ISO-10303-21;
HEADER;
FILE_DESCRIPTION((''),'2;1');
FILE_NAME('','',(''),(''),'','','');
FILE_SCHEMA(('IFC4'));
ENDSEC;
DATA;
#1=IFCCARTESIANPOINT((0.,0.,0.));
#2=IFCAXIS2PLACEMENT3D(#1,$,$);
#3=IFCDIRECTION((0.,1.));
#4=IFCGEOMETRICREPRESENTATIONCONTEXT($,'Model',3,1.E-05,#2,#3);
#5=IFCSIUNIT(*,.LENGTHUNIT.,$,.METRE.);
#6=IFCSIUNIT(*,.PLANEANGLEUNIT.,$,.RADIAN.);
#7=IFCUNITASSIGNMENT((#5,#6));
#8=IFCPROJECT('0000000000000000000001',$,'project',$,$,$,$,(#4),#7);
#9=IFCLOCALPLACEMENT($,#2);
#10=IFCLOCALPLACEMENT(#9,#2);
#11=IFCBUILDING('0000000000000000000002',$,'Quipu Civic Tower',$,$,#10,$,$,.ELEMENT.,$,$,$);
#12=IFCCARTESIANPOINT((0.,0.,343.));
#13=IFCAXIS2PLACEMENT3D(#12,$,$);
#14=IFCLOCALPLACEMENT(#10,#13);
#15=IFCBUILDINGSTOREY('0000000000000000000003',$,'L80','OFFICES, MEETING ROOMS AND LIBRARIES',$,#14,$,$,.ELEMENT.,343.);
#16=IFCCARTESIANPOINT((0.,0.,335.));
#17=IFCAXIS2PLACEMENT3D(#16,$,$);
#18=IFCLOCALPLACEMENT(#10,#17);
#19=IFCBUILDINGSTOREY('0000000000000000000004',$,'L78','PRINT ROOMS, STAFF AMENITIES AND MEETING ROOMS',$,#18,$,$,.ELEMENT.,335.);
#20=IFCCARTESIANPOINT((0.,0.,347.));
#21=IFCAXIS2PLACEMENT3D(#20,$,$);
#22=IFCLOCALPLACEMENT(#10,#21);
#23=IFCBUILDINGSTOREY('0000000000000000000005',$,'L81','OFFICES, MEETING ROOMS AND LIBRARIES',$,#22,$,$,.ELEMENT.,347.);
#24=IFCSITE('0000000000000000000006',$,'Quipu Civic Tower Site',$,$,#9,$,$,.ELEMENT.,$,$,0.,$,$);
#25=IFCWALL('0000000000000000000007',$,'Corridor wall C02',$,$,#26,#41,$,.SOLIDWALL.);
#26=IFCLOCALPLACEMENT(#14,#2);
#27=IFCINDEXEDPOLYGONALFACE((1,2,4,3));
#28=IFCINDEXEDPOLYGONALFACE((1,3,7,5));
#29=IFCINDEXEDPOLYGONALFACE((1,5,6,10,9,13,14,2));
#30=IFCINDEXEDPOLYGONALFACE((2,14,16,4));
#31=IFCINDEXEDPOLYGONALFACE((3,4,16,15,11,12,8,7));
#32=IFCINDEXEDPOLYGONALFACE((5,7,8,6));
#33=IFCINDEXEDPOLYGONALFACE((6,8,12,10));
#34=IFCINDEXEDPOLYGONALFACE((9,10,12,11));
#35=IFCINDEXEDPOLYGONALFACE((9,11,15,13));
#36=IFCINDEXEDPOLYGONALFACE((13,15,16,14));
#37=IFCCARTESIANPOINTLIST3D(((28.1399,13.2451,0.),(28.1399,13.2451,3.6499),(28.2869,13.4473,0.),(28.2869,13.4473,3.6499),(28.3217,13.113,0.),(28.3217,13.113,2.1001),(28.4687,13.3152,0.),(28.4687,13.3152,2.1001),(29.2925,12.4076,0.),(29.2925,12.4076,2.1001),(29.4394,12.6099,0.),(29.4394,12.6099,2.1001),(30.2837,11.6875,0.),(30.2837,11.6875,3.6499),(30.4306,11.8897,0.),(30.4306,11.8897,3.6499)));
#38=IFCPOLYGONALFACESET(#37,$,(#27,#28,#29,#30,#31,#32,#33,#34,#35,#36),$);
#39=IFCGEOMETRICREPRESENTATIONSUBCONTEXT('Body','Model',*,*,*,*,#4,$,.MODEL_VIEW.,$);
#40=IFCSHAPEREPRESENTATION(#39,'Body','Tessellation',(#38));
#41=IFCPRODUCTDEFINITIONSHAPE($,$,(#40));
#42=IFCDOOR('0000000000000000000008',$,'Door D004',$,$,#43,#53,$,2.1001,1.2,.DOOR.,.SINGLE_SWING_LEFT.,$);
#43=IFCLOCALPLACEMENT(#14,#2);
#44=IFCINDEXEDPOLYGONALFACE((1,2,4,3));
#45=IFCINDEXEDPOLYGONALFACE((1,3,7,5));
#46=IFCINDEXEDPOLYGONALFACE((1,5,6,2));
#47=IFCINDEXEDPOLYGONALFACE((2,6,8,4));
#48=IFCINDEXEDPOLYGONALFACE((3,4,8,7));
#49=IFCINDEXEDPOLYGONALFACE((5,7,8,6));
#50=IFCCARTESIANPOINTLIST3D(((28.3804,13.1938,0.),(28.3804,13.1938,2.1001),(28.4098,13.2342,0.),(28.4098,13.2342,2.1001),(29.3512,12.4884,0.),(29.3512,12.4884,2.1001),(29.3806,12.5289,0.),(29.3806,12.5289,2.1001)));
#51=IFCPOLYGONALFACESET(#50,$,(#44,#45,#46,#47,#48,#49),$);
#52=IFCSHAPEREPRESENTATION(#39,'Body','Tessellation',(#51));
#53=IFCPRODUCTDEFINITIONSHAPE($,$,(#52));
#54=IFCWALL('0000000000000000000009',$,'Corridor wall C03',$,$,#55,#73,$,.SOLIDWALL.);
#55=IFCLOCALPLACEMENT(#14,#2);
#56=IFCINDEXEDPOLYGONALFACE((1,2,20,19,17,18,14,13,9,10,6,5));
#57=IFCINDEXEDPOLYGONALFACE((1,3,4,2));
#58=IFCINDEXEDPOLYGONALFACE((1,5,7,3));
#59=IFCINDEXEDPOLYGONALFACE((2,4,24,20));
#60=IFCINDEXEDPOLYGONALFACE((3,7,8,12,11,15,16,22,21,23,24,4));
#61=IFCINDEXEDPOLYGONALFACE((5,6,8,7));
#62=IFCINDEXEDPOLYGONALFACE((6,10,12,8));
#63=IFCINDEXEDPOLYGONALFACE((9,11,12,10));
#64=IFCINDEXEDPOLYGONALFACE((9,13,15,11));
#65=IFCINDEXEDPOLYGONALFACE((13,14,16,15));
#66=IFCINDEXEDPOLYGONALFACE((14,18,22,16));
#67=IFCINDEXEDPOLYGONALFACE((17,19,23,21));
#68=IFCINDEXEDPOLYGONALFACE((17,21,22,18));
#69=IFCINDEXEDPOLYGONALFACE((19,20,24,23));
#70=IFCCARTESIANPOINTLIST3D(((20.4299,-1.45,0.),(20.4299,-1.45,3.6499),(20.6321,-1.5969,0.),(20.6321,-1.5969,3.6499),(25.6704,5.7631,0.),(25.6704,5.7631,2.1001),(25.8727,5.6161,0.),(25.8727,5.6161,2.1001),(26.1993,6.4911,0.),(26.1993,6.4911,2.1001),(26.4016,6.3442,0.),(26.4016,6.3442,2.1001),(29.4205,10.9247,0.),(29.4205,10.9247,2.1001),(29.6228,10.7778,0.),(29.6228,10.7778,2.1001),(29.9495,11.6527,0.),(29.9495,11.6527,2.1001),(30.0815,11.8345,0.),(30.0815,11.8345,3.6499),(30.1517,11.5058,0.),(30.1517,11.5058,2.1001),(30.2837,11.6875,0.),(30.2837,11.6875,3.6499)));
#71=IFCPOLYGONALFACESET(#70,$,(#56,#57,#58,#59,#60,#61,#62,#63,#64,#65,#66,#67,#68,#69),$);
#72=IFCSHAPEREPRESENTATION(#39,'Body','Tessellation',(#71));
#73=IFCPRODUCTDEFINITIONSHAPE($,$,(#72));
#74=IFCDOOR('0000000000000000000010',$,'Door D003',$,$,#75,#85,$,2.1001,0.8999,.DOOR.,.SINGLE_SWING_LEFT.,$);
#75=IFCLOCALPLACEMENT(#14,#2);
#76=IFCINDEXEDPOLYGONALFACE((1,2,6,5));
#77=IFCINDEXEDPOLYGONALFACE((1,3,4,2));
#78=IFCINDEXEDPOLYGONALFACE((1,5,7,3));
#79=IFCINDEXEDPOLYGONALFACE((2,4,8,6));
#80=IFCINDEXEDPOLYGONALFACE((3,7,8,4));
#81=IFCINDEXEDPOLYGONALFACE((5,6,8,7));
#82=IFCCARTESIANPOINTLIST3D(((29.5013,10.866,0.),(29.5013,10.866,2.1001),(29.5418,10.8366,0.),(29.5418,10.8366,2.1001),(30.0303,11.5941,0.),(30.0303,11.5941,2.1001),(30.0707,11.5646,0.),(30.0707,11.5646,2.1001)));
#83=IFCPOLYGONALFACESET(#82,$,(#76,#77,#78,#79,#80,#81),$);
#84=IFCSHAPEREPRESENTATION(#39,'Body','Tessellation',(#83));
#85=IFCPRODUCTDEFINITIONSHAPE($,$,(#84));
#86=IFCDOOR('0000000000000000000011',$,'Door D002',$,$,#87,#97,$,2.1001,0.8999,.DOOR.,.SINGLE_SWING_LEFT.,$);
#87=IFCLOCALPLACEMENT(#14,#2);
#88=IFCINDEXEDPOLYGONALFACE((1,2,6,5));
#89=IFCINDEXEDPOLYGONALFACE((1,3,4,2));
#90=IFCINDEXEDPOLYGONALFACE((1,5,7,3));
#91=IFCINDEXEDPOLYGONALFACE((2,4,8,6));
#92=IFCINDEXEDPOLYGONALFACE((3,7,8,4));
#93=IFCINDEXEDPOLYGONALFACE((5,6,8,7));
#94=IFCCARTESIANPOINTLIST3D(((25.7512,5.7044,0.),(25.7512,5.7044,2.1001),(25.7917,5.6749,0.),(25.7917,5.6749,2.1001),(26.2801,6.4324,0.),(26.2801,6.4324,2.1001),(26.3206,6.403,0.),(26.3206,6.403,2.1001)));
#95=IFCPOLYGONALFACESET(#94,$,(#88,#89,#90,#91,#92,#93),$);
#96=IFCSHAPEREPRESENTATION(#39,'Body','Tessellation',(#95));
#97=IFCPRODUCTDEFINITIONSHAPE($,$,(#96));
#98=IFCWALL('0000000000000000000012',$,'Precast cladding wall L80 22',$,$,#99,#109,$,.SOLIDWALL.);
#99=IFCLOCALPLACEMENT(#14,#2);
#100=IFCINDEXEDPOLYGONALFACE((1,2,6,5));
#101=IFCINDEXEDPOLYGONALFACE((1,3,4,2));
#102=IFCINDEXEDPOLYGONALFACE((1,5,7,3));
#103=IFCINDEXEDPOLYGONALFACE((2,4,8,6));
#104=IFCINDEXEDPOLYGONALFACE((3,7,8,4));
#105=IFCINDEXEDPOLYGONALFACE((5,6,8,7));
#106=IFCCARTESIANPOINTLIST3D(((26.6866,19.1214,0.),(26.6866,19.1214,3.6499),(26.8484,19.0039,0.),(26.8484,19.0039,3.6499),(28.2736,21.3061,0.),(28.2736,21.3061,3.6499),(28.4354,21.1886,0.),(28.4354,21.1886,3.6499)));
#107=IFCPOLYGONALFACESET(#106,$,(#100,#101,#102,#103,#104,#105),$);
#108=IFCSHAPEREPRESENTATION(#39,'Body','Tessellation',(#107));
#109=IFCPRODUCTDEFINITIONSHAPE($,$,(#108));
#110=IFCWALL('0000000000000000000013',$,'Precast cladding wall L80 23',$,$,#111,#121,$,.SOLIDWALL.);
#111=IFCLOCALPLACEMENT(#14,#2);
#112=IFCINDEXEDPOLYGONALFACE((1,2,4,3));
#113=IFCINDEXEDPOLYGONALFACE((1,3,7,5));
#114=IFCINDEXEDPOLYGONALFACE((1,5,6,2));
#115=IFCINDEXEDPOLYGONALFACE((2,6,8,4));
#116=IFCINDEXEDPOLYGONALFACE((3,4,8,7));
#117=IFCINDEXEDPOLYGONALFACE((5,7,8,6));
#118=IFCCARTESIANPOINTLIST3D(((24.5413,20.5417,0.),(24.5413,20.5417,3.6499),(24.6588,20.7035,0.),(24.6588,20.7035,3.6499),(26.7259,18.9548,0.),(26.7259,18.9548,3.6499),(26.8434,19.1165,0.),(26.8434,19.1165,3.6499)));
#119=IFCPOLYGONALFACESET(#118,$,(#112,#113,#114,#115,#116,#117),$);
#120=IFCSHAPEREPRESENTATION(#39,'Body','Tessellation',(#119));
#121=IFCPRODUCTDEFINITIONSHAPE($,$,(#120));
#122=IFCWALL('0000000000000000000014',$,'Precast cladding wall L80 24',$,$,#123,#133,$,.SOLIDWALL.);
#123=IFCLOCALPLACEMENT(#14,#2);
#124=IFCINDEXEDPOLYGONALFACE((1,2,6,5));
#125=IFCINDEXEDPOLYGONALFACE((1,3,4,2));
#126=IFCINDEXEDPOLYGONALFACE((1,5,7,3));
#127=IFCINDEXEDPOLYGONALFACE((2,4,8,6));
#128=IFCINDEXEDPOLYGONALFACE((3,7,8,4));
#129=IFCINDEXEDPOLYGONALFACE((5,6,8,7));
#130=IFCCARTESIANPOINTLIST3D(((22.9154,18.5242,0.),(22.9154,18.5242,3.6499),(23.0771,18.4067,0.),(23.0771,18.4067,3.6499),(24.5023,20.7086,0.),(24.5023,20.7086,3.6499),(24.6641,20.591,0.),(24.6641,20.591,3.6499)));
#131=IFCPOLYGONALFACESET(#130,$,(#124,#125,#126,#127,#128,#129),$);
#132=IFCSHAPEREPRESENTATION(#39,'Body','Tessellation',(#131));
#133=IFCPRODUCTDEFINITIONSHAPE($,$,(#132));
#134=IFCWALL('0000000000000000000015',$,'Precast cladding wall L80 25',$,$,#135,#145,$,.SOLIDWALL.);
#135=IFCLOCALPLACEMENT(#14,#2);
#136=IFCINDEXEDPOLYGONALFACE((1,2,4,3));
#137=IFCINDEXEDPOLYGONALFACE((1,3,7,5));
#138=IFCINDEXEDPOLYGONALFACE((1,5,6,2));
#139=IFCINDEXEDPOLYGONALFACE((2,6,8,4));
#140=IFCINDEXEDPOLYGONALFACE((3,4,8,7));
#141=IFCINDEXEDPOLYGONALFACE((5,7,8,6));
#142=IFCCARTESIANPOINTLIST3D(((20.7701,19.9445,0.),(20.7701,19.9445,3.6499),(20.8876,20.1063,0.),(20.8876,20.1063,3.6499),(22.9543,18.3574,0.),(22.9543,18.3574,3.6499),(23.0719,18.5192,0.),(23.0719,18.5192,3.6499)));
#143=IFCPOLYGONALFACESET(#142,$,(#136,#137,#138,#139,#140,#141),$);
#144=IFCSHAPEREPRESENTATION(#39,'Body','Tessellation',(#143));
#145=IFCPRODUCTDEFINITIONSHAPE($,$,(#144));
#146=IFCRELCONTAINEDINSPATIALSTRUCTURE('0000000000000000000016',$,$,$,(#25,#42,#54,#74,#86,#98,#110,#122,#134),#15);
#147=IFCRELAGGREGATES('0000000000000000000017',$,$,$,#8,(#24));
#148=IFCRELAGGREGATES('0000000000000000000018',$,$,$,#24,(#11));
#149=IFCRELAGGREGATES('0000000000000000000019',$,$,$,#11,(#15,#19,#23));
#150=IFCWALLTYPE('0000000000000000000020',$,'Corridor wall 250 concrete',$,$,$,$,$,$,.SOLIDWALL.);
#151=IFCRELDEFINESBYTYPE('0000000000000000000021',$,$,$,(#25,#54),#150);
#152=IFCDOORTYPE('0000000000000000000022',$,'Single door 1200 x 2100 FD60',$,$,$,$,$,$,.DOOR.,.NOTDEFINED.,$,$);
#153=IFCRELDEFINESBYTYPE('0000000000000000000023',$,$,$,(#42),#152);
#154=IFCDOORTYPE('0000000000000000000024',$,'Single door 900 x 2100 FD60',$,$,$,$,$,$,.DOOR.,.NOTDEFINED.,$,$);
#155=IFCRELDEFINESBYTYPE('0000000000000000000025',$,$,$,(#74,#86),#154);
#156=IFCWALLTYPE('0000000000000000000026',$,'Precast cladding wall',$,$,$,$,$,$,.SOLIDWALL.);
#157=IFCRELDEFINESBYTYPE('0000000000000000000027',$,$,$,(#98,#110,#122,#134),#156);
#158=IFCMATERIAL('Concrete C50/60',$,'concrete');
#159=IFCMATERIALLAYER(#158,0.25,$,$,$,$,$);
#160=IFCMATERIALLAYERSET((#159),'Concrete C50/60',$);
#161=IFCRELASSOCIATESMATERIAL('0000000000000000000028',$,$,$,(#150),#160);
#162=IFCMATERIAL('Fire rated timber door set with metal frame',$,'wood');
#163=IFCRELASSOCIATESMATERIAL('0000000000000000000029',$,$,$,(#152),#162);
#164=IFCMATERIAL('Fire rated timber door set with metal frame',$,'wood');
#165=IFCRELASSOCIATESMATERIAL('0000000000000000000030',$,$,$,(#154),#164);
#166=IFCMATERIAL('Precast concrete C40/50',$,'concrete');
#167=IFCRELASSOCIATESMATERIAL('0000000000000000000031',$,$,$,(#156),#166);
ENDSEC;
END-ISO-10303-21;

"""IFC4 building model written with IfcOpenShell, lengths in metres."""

from ifc_helpers import new_model, si_unit, direction, frame, frame_2d, origin, place, context, subcontext, project, spatial, rectangle, extrude, material, layer, layer_set, type_object, element, fill, save


model = new_model("IFC4")

# Units and contexts
model_context = context("Model", 3, precision=1e-05, world=origin(), true_north=direction((0.0, 1.0)))
body_context = subcontext(model_context, "Body", "Model", "MODEL_VIEW")
ifc_project = project(units=[si_unit("LENGTHUNIT", "METRE"), si_unit("PLANEANGLEUNIT", "RADIAN")], contexts=[model_context])

# Site, building, storey
site_placement = place(None, origin())
site = spatial("IfcSite", under=ifc_project, at=site_placement, Name="Quipu Civic Tower Site", CompositionType="ELEMENT", RefElevation=0.0)
building_placement = place(site_placement, origin())
building = spatial("IfcBuilding", under=site, at=building_placement, Name="Quipu Civic Tower", CompositionType="ELEMENT")
storey_1_placement = place(building_placement, frame((0.0, 0.0, 343.0)))
storey_1 = spatial("IfcBuildingStorey", under=building, at=storey_1_placement, Name="L80", Description="OFFICES, MEETING ROOMS AND LIBRARIES", CompositionType="ELEMENT", Elevation=343.0)

# Shared definitions
storey_2_placement = place(building_placement, frame((0.0, 0.0, 335.0)))
storey_2 = spatial("IfcBuildingStorey", under=building, at=storey_2_placement, Name="L78", Description="PRINT ROOMS, STAFF AMENITIES AND MEETING ROOMS", CompositionType="ELEMENT", Elevation=335.0)

# Shared definitions
storey_3_placement = place(building_placement, frame((0.0, 0.0, 347.0)))
storey_3 = spatial("IfcBuildingStorey", under=building, at=storey_3_placement, Name="L81", Description="OFFICES, MEETING ROOMS AND LIBRARIES", CompositionType="ELEMENT", Elevation=347.0)

# Wall, opening, door
ifc_material_1 = material(Name="Concrete C50/60", Category="concrete")
ifc_layer_1 = layer(ifc_material_1, 0.25)
ifc_layer_set_1 = layer_set([ifc_layer_1], Name="Concrete C50/60")
wall_type_1 = type_object("IfcWallType", Name="Corridor wall 250 concrete", PredefinedType="SOLIDWALL", material=ifc_layer_set_1)
wall_1_placement = place(storey_1_placement, frame((28.2134, 13.3462, 0.0), z_axis=(0.0, 0.0, 1.0), x_axis=(0.809007, -0.587799, 0.0)))
wall_1 = element("IfcWall", 1, at=wall_1_placement, inside=storey_1, type_object=wall_type_1, Name="Corridor wall C02", PredefinedType="SOLIDWALL", context=body_context, shape_type="SweptSolid", body=[
    extrude(rectangle(XDim=2.6499, YDim=0.25, at=frame_2d((1.325, 0.0))), origin(), (0.0, 0.0, 1.0), 3.6499),
])
opening_1_placement = place(wall_1_placement, frame((0.2246, 0.0, 0.0)))
opening_1 = element("IfcOpeningElement", 2, at=opening_1_placement, cuts=wall_1, PredefinedType="OPENING", context=body_context, shape_type="SweptSolid", body=[
    extrude(rectangle(XDim=1.2, YDim=2.1001, at=frame_2d((0.6001, 1.05))), frame((0.0, 0.135, 0.0), z_axis=(0.0, -1.0, 0.0), x_axis=(1.0, 0.0, 0.0)), (0.0, 0.0, 1.0), 0.27),
])
ifc_material_2 = material(Name="Fire rated timber door set with metal frame", Category="wood")
door_type_1 = type_object("IfcDoorType", Name="Single door 1200 x 2100 FD60", OperationType="NOTDEFINED", PredefinedType="DOOR", material=ifc_material_2)
door_1_placement = place(opening_1_placement, origin())
door_1 = element("IfcDoor", 3, at=door_1_placement, inside=storey_1, type_object=door_type_1, Name="Door D004", OperationType="SINGLE_SWING_LEFT", OverallHeight=2.1001, OverallWidth=1.2, PredefinedType="DOOR", context=body_context, shape_type="SweptSolid", body=[
    extrude(rectangle(XDim=1.2, YDim=2.1001, at=frame_2d((0.6001, 1.05))), frame((0.0, 0.0249, 0.0), z_axis=(0.0, -1.0, 0.0), x_axis=(1.0, 0.0, 0.0)), (0.0, 0.0, 1.0), 0.05),
])
fill(opening_1, door_1)

# Wall, openings, doors
wall_2_placement = place(storey_1_placement, frame((30.1826, 11.761, 0.0), z_axis=(0.0, 0.0, 1.0), x_axis=(-0.587782, -0.80902, 0.0)))
wall_2 = element("IfcWall", 4, at=wall_2_placement, inside=storey_1, type_object=wall_type_1, Name="Corridor wall C03", PredefinedType="SOLIDWALL", context=body_context, shape_type="SweptSolid", body=[
    extrude(rectangle(XDim=16.4204, YDim=0.25, at=frame_2d((8.2102, 0.0))), origin(), (0.0, 0.0, 1.0), 3.6499),
])
opening_2_placement = place(wall_2_placement, frame((0.2246, 0.0, 0.0)))
opening_2 = element("IfcOpeningElement", 5, at=opening_2_placement, cuts=wall_2, PredefinedType="OPENING", context=body_context, shape_type="SweptSolid", body=[
    extrude(rectangle(XDim=0.8999, YDim=2.1001, at=frame_2d((0.45, 1.05))), frame((0.0, 0.135, 0.0), z_axis=(0.0, -1.0, 0.0), x_axis=(1.0, 0.0, 0.0)), (0.0, 0.0, 1.0), 0.27),
])
opening_3_placement = place(wall_2_placement, frame((6.6047, 0.0, 0.0)))
opening_3 = element("IfcOpeningElement", 6, at=opening_3_placement, cuts=wall_2, PredefinedType="OPENING", context=body_context, shape_type="SweptSolid", body=[
    extrude(rectangle(XDim=0.8999, YDim=2.1001, at=frame_2d((0.45, 1.05))), frame((0.0, 0.135, 0.0), z_axis=(0.0, -1.0, 0.0), x_axis=(1.0, 0.0, 0.0)), (0.0, 0.0, 1.0), 0.27),
])
ifc_material_3 = material(Name="Fire rated timber door set with metal frame", Category="wood")
door_type_2 = type_object("IfcDoorType", Name="Single door 900 x 2100 FD60", OperationType="NOTDEFINED", PredefinedType="DOOR", material=ifc_material_3)
door_2_placement = place(opening_2_placement, origin())
door_2 = element("IfcDoor", 7, at=door_2_placement, inside=storey_1, type_object=door_type_2, Name="Door D003", OperationType="SINGLE_SWING_LEFT", OverallHeight=2.1001, OverallWidth=0.8999, PredefinedType="DOOR", context=body_context, shape_type="SweptSolid", body=[
    extrude(rectangle(XDim=0.8999, YDim=2.1001, at=frame_2d((0.45, 1.05))), frame((0.0, 0.0249, 0.0), z_axis=(0.0, -1.0, 0.0), x_axis=(1.0, 0.0, 0.0)), (0.0, 0.0, 1.0), 0.05),
])
fill(opening_2, door_2)
door_3_placement = place(opening_3_placement, origin())
door_3 = element("IfcDoor", 8, at=door_3_placement, inside=storey_1, type_object=door_type_2, Name="Door D002", OperationType="SINGLE_SWING_LEFT", OverallHeight=2.1001, OverallWidth=0.8999, PredefinedType="DOOR", context=body_context, shape_type="SweptSolid", body=[
    extrude(rectangle(XDim=0.8999, YDim=2.1001, at=frame_2d((0.45, 1.05))), frame((0.0, 0.0249, 0.0), z_axis=(0.0, -1.0, 0.0), x_axis=(1.0, 0.0, 0.0)), (0.0, 0.0, 1.0), 0.05),
])
fill(opening_3, door_3)

# Walls
ifc_material_4 = material(Name="Precast concrete C40/50", Category="concrete")
wall_type_2 = type_object("IfcWallType", Name="Precast cladding wall", PredefinedType="SOLIDWALL", material=ifc_material_4)
for number, where, z_axis, x_axis, name in (
    (9, (28.3545, 21.2473, 0.0), (0.0, 0.0, 1.0), (-0.58772, -0.809064, 0.0), "Precast cladding wall L80 22"),
    (10, (26.7847, 19.0356, 0.0), (0.0, 0.0, 1.0), (-0.809064, 0.58772, 0.0), "Precast cladding wall L80 23"),
):
    element("IfcWall", number, at=place(storey_1_placement, frame(where, z_axis=z_axis, x_axis=x_axis)), inside=storey_1, type_object=wall_type_2, Name=name, PredefinedType="SOLIDWALL", context=body_context, shape_type="SweptSolid", body=[
        extrude(rectangle(XDim=2.7002, YDim=0.2, at=frame_2d((1.3501, 0.0))), origin(), (0.0, 0.0, 1.0), 3.6499),
    ])
for number, where, z_axis, x_axis, name in (
    (11, (24.5833, 20.6499, 0.0), (0.0, 0.0, 1.0), (-0.587763, -0.809033, 0.0), "Precast cladding wall L80 24"),
    (12, (23.0132, 18.4382, 0.0), (0.0, 0.0, 1.0), (-0.80899, 0.587822, 0.0), "Precast cladding wall L80 25"),
):
    element("IfcWall", number, at=place(storey_1_placement, frame(where, z_axis=z_axis, x_axis=x_axis)), inside=storey_1, type_object=wall_type_2, Name=name, PredefinedType="SOLIDWALL", context=body_context, shape_type="SweptSolid", body=[
        extrude(rectangle(XDim=2.7, YDim=0.2, at=frame_2d((1.3501, 0.0))), origin(), (0.0, 0.0, 1.0), 3.6499),
    ])

save(model, "model.ifc")
